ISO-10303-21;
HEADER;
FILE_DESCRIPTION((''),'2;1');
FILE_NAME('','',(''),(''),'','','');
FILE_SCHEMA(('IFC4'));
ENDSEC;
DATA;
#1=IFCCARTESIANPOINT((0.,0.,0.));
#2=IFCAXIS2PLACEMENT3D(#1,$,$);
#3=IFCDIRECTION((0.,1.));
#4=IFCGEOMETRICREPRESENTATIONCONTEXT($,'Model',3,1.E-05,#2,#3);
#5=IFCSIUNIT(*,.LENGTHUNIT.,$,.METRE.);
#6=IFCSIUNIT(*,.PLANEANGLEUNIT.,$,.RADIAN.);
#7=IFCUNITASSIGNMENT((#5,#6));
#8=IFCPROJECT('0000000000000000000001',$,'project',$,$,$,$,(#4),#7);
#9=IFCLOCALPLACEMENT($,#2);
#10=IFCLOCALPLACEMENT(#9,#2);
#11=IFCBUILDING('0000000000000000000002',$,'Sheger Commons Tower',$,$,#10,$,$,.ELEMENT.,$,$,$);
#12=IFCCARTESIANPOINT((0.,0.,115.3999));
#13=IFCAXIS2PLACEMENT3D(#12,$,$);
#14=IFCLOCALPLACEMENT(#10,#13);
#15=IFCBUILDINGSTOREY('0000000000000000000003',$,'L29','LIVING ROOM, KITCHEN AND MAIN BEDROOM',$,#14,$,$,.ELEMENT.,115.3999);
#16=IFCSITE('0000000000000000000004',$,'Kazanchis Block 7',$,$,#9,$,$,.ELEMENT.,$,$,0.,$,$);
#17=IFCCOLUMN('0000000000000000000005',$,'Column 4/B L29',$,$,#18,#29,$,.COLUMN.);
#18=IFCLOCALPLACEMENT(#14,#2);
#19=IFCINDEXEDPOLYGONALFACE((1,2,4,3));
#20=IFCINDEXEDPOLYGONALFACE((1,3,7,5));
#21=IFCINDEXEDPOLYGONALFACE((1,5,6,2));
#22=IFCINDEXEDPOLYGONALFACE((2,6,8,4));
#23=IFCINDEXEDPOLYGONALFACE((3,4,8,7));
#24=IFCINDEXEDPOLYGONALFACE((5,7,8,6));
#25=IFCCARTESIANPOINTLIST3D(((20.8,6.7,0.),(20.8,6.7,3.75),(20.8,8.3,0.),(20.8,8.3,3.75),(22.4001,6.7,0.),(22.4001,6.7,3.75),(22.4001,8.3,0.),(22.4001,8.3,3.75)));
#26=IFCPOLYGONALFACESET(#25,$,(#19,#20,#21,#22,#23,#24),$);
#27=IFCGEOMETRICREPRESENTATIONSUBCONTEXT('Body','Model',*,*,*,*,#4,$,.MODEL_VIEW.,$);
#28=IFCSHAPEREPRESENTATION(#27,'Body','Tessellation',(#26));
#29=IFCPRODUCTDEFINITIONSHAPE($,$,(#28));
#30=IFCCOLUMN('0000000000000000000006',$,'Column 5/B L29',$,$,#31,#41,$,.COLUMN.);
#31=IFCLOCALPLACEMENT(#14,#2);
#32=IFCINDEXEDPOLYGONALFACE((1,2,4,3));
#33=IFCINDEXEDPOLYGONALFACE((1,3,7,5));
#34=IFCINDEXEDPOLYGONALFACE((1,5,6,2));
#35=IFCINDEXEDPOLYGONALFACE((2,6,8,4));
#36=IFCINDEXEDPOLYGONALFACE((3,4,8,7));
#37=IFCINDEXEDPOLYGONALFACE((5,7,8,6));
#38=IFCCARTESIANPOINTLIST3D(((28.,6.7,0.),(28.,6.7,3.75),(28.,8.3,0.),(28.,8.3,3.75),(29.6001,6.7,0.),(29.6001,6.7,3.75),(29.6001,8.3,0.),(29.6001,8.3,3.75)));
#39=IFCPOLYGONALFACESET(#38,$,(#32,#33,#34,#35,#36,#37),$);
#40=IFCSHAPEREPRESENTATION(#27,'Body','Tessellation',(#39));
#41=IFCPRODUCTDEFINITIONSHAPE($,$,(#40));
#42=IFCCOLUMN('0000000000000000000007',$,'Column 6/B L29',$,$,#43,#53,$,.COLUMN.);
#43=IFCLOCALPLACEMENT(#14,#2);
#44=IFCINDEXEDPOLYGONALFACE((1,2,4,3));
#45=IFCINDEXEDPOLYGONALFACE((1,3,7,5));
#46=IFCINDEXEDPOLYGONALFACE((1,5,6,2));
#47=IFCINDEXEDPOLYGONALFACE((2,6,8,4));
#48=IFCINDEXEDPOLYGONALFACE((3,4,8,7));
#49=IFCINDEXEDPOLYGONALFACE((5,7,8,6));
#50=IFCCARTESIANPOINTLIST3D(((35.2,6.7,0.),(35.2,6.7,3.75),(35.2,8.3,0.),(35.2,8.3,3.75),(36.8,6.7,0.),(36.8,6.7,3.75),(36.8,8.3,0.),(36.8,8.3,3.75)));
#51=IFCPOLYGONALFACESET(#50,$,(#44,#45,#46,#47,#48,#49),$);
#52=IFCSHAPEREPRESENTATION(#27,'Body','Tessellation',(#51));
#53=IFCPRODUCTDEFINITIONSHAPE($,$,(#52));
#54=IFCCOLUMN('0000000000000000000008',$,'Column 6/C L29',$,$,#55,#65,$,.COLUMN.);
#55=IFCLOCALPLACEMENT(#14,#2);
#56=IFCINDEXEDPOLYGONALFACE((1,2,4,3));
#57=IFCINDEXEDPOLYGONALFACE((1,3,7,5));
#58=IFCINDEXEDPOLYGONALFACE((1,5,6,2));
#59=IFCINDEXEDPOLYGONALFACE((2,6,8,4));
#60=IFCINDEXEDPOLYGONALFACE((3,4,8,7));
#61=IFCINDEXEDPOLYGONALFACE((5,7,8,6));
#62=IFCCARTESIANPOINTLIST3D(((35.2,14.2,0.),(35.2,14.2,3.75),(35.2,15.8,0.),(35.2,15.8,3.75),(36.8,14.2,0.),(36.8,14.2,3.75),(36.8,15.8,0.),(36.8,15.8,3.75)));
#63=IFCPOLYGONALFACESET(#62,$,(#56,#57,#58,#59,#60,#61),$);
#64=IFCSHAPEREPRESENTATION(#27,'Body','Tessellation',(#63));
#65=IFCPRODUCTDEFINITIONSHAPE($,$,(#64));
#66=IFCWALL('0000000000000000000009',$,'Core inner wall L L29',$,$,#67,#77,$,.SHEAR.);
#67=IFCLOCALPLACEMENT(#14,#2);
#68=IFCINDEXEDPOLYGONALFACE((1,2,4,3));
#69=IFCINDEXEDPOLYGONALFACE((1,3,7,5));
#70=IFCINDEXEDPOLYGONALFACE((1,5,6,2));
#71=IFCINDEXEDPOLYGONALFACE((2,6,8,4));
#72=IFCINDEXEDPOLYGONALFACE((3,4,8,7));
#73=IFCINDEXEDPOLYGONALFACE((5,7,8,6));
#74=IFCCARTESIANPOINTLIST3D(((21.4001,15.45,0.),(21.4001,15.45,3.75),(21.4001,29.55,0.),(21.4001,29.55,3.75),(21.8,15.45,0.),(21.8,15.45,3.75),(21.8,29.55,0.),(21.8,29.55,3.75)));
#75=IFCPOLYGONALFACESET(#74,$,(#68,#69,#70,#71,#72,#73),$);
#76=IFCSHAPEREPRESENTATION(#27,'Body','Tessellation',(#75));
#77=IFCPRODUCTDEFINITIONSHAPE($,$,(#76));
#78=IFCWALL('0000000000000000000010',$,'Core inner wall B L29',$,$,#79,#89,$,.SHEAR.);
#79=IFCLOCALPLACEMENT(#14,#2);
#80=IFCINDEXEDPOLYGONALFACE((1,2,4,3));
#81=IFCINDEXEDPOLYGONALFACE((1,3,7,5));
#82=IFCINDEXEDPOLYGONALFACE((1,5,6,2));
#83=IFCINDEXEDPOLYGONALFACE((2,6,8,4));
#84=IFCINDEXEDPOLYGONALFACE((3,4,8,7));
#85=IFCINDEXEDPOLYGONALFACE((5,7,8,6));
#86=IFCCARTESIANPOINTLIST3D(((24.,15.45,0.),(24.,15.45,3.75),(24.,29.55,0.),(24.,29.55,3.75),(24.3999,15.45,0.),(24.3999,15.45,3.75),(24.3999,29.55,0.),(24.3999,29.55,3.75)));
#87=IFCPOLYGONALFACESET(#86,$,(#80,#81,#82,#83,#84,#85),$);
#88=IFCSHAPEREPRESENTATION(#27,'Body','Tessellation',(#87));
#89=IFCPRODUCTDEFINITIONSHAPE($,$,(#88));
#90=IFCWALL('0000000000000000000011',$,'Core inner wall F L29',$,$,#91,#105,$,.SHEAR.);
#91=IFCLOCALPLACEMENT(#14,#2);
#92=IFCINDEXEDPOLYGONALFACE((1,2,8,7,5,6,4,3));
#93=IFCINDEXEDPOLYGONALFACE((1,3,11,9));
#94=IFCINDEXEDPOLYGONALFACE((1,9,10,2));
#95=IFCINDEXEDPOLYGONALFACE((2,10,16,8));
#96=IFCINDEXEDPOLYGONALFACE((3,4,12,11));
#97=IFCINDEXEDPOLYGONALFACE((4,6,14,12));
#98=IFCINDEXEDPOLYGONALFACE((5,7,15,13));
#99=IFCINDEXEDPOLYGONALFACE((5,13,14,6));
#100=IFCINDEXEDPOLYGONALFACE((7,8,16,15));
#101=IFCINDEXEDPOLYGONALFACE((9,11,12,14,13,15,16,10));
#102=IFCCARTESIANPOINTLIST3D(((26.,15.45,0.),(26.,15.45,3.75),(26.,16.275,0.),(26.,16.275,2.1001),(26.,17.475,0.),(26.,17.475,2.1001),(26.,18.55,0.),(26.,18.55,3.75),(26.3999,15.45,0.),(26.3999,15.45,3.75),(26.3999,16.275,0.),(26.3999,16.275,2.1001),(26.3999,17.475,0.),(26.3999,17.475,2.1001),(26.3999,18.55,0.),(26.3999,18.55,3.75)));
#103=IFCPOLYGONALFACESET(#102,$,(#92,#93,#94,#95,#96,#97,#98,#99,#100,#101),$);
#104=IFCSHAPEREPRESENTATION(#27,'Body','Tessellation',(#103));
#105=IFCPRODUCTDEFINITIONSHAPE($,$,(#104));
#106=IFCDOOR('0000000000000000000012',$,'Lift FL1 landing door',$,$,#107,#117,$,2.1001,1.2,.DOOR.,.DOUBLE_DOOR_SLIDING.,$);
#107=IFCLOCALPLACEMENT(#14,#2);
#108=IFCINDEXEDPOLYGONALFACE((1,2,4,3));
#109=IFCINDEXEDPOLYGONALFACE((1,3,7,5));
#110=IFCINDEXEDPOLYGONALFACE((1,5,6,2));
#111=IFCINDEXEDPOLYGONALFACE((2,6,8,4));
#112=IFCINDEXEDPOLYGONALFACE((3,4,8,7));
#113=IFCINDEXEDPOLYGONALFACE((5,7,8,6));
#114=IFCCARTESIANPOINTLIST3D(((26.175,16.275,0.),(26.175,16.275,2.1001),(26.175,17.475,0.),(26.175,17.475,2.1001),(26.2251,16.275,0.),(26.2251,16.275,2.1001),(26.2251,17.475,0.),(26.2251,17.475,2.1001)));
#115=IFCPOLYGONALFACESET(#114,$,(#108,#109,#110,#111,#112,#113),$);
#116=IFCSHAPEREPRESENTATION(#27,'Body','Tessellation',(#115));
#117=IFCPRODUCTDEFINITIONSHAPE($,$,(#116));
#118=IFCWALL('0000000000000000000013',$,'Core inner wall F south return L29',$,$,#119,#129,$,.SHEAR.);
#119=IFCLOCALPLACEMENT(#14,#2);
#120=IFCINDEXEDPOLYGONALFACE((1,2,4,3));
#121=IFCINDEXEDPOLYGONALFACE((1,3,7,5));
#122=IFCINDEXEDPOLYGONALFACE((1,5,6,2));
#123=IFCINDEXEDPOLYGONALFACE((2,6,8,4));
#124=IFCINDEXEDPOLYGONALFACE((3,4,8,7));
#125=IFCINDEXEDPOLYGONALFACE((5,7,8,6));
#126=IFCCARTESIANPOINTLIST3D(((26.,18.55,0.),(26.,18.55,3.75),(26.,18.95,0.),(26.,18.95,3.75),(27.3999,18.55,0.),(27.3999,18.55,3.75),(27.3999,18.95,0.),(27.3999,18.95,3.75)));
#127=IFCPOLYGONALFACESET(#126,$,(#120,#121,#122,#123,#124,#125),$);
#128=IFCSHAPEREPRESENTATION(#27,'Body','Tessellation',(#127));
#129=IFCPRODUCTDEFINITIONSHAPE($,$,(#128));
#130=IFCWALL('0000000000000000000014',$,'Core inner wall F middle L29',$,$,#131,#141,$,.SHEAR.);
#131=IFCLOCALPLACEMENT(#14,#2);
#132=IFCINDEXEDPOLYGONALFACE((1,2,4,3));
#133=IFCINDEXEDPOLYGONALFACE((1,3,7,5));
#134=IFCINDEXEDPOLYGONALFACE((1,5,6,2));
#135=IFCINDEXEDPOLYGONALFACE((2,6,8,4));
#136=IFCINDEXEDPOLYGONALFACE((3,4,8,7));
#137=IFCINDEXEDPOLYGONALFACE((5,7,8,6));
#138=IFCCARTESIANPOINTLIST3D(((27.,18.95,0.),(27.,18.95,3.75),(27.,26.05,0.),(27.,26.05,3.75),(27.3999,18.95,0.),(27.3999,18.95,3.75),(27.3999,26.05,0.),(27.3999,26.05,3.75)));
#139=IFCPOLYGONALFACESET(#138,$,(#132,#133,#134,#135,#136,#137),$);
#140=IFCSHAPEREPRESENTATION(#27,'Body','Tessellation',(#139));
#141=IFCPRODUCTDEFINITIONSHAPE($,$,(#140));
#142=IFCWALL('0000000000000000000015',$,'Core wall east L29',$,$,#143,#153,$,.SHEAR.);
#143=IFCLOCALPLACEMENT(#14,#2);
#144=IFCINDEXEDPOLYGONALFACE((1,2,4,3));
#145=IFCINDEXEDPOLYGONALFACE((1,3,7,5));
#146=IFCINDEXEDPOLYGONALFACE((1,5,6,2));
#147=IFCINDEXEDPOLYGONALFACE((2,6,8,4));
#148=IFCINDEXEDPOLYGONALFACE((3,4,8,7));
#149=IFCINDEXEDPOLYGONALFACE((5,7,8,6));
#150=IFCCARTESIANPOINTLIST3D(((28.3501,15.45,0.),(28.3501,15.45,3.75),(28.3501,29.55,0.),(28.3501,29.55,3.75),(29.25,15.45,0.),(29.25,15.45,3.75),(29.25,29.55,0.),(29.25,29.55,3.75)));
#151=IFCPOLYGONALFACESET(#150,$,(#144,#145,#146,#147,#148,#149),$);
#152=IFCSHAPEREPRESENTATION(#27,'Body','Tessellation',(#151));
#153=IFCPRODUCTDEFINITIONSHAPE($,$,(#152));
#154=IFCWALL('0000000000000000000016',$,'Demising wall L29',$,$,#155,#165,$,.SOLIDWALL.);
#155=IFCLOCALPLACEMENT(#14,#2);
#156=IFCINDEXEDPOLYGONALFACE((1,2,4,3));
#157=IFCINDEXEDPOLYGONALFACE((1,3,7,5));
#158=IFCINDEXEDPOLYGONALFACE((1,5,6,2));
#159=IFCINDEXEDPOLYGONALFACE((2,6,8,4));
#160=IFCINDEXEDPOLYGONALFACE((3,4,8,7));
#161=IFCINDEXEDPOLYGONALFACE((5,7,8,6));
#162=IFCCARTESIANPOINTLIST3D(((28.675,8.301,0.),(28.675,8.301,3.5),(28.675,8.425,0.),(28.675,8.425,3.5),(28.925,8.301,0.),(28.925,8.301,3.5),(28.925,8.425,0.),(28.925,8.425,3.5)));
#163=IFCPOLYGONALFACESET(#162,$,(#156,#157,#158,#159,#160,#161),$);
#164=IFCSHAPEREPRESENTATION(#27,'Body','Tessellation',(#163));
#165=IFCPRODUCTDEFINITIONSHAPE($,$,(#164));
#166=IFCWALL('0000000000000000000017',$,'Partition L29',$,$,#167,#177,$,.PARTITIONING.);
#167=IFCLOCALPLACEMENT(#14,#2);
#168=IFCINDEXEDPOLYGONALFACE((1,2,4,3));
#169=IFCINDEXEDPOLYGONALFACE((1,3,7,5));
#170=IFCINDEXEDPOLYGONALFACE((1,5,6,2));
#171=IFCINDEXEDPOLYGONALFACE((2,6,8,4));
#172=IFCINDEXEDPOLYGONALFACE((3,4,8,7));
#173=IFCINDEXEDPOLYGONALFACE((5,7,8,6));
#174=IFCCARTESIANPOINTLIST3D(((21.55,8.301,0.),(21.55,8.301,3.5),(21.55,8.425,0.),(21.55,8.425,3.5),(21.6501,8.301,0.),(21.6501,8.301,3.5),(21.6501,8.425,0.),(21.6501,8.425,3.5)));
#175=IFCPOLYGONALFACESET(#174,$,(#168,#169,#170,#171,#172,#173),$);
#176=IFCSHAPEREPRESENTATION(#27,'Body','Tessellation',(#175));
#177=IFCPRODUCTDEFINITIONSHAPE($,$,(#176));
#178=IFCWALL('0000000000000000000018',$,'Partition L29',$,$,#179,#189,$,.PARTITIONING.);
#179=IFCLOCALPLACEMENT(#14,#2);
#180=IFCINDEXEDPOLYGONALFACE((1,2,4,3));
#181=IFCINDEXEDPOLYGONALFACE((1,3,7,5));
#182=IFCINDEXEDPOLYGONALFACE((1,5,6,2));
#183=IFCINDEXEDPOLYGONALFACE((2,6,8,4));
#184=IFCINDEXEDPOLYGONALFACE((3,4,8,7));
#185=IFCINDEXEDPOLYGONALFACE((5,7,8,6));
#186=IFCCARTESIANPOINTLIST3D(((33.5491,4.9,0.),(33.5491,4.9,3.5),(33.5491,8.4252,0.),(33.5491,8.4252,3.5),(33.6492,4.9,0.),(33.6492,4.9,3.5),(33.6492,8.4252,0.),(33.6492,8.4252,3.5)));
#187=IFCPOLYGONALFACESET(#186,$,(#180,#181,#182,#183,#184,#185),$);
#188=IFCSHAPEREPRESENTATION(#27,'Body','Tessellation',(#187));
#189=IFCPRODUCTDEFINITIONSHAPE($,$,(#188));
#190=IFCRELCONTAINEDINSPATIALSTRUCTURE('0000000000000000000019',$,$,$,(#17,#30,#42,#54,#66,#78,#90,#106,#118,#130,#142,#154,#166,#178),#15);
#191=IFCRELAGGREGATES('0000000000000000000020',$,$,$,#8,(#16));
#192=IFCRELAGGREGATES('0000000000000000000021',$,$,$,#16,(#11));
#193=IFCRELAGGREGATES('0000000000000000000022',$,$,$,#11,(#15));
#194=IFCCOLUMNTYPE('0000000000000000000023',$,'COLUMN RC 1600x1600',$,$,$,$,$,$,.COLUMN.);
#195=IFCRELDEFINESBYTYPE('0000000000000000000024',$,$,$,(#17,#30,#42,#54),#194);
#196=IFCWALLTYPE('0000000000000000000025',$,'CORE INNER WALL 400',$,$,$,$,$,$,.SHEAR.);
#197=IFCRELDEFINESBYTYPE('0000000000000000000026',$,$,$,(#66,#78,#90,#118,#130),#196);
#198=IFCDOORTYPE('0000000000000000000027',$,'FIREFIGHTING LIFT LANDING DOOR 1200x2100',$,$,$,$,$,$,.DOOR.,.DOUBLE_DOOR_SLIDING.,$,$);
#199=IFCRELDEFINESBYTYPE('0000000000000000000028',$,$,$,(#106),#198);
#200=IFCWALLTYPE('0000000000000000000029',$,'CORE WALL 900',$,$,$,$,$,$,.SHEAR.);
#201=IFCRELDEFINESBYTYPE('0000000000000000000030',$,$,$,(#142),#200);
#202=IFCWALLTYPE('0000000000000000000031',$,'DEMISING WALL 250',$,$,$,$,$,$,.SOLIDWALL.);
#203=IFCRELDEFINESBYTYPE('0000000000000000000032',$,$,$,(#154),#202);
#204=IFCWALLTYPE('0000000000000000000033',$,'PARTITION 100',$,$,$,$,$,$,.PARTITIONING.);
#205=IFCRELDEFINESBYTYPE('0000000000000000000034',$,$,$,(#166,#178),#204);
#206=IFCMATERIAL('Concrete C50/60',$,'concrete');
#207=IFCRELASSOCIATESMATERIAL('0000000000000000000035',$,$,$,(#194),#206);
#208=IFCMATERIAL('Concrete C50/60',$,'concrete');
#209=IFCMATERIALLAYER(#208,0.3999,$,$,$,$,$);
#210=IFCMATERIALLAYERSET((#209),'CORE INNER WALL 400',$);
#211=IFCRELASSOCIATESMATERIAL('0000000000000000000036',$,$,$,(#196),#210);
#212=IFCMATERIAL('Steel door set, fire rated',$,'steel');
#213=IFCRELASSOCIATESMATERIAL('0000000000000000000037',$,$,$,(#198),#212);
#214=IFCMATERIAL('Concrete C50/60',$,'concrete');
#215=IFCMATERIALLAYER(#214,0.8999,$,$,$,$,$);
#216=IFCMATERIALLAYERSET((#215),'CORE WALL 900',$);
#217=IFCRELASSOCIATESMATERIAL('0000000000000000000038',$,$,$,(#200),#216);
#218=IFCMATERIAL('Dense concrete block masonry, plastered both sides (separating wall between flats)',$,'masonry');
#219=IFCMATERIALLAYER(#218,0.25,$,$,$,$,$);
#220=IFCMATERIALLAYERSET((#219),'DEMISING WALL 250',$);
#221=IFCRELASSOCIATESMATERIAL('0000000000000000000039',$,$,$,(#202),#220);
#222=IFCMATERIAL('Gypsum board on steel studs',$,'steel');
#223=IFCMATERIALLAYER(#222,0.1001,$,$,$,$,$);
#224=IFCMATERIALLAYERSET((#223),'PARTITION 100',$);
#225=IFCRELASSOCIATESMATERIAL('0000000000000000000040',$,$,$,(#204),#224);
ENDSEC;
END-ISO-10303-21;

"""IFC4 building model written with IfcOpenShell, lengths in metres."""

from ifc_helpers import new_model, si_unit, direction, frame, frame_2d, origin, origin_2d, place, context, subcontext, project, spatial, rectangle, extrude, material, layer, layer_set, material_profile, profile_set, type_object, element, fill, save


model = new_model("IFC4")

# Units and contexts
model_context = context("Model", 3, precision=1e-05, world=origin(), true_north=direction((0.0, 1.0)))
body_context = subcontext(model_context, "Body", "Model", "MODEL_VIEW")
ifc_project = project(units=[si_unit("LENGTHUNIT", "METRE"), si_unit("PLANEANGLEUNIT", "RADIAN")], contexts=[model_context])

# Site, building, storey
site_placement = place(None, origin())
site = spatial("IfcSite", under=ifc_project, at=site_placement, Name="Kazanchis Block 7", CompositionType="ELEMENT", RefElevation=0.0)
building_placement = place(site_placement, origin())
building = spatial("IfcBuilding", under=site, at=building_placement, Name="Sheger Commons Tower", CompositionType="ELEMENT")
storey_placement = place(building_placement, frame((0.0, 0.0, 115.3999)))
storey = spatial("IfcBuildingStorey", under=building, at=storey_placement, Name="L29", Description="LIVING ROOM, KITCHEN AND MAIN BEDROOM", CompositionType="ELEMENT", Elevation=115.3999)

# Columns
ifc_material_1 = material(Name="Concrete C50/60", Category="concrete")
ifc_material_profile = material_profile(ifc_material_1, rectangle(XDim=1.6001, YDim=1.6001, at=origin_2d()), Name="RC 1600x1600")
ifc_profile_set = profile_set([ifc_material_profile], Name="Concrete C50/60")
column_type = type_object("IfcColumnType", Name="COLUMN RC 1600x1600", PredefinedType="COLUMN", material=ifc_profile_set)
for number, where, z_axis, x_axis, name in (
    (1, (21.6001, 7.5, 0.0), (0.0, 0.0, 1.0), (1.0, 0.0, 0.0), "Column 4/B L29"),
    (2, (28.8, 7.5, 0.0), (0.0, 0.0, 1.0), (1.0, 0.0, 0.0), "Column 5/B L29"),
    (3, (36.0, 7.5, 0.0), (0.0, 0.0, 1.0), (1.0, 0.0, 0.0), "Column 6/B L29"),
    (4, (36.0, 15.0, 0.0), (0.0, 0.0, 1.0), (1.0, 0.0, 0.0), "Column 6/C L29"),
):
    element("IfcColumn", number, at=place(storey_placement, frame(where, z_axis=z_axis, x_axis=x_axis)), inside=storey, type_object=column_type, Name=name, PredefinedType="COLUMN", context=body_context, shape_type="SweptSolid", body=[
        extrude(rectangle(XDim=1.6001, YDim=1.6001, at=origin_2d()), origin(), (0.0, 0.0, 1.0), 3.75),
    ])

# Walls
ifc_material_2 = material(Name="Concrete C50/60", Category="concrete")
ifc_layer_1 = layer(ifc_material_2, 0.3999)
ifc_layer_set_1 = layer_set([ifc_layer_1], Name="CORE INNER WALL 400")
wall_type_1 = type_object("IfcWallType", Name="CORE INNER WALL 400", PredefinedType="SHEAR", material=ifc_layer_set_1)
for number, where, z_axis, x_axis, name in (
    (5, (21.6001, 15.45, 0.0), (0.0, 0.0, 1.0), (0.0, 1.0, 0.0), "Core inner wall L L29"),
    (6, (24.2, 15.45, 0.0), (0.0, 0.0, 1.0), (0.0, 1.0, 0.0), "Core inner wall B L29"),
):
    element("IfcWall", number, at=place(storey_placement, frame(where, z_axis=z_axis, x_axis=x_axis)), inside=storey, type_object=wall_type_1, Name=name, PredefinedType="SHEAR", context=body_context, shape_type="SweptSolid", body=[
        extrude(rectangle(XDim=14.1001, YDim=0.3999, at=frame_2d((7.05, 0.0))), origin(), (0.0, 0.0, 1.0), 3.75),
    ])

# Wall, opening, door
wall_1_placement = place(storey_placement, frame((26.2, 15.45, 0.0), z_axis=(0.0, 0.0, 1.0), x_axis=(0.0, 1.0, 0.0)))
wall_1 = element("IfcWall", 7, at=wall_1_placement, inside=storey, type_object=wall_type_1, Name="Core inner wall F L29", PredefinedType="SHEAR", context=body_context, shape_type="SweptSolid", body=[
    extrude(rectangle(XDim=3.1001, YDim=0.3999, at=frame_2d((1.55, 0.0))), origin(), (0.0, 0.0, 1.0), 3.75),
])
opening_1_placement = place(wall_1_placement, frame((0.825, 0.0, 0.0)))
opening_1 = element("IfcOpeningElement", 8, at=opening_1_placement, cuts=wall_1, PredefinedType="OPENING", context=body_context, shape_type="SweptSolid", body=[
    extrude(rectangle(XDim=1.2, YDim=2.1001, at=frame_2d((0.6001, 1.05))), frame((0.0, 0.21, 0.0), z_axis=(0.0, -1.0, 0.0), x_axis=(1.0, 0.0, 0.0)), (0.0, 0.0, 1.0), 0.4199),
])
ifc_material_3 = material(Name="Steel door set, fire rated", Category="steel")
door_type_1 = type_object("IfcDoorType", Name="FIREFIGHTING LIFT LANDING DOOR 1200x2100", OperationType="DOUBLE_DOOR_SLIDING", PredefinedType="DOOR", material=ifc_material_3)
door_1_placement = place(opening_1_placement, origin())
door_1 = element("IfcDoor", 9, at=door_1_placement, inside=storey, type_object=door_type_1, Name="Lift FL1 landing door", OperationType="DOUBLE_DOOR_SLIDING", OverallHeight=2.1001, OverallWidth=1.2, PredefinedType="DOOR", context=body_context, shape_type="SweptSolid", body=[
    extrude(rectangle(XDim=1.2, YDim=2.1001, at=frame_2d((0.6001, 1.05))), frame((0.0, 0.0249, 0.0), z_axis=(0.0, -1.0, 0.0), x_axis=(1.0, 0.0, 0.0)), (0.0, 0.0, 1.0), 0.05),
])
fill(opening_1, door_1)

# Walls
wall_2_placement = place(storey_placement, frame((26.0, 18.75, 0.0), z_axis=(0.0, 0.0, 1.0), x_axis=(1.0, 0.0, 0.0)))
element("IfcWall", 10, at=wall_2_placement, inside=storey, type_object=wall_type_1, Name="Core inner wall F south return L29", PredefinedType="SHEAR", context=body_context, shape_type="SweptSolid", body=[
    extrude(rectangle(XDim=1.3999, YDim=0.3999, at=frame_2d((0.7, 0.0))), origin(), (0.0, 0.0, 1.0), 3.75),
])
wall_3_placement = place(storey_placement, frame((27.2, 18.95, 0.0), z_axis=(0.0, 0.0, 1.0), x_axis=(0.0, 1.0, 0.0)))
element("IfcWall", 11, at=wall_3_placement, inside=storey, type_object=wall_type_1, Name="Core inner wall F middle L29", PredefinedType="SHEAR", context=body_context, shape_type="SweptSolid", body=[
    extrude(rectangle(XDim=7.1001, YDim=0.3999, at=frame_2d((3.55, 0.0))), origin(), (0.0, 0.0, 1.0), 3.75),
])
ifc_material_4 = material(Name="Concrete C50/60", Category="concrete")
ifc_layer_2 = layer(ifc_material_4, 0.8999)
ifc_layer_set_2 = layer_set([ifc_layer_2], Name="CORE WALL 900")
wall_type_2 = type_object("IfcWallType", Name="CORE WALL 900", PredefinedType="SHEAR", material=ifc_layer_set_2)
wall_4_placement = place(storey_placement, frame((28.8, 15.45, 0.0), z_axis=(0.0, 0.0, 1.0), x_axis=(0.0, 1.0, 0.0)))
element("IfcWall", 12, at=wall_4_placement, inside=storey, type_object=wall_type_2, Name="Core wall east L29", PredefinedType="SHEAR", context=body_context, shape_type="SweptSolid", body=[
    extrude(rectangle(XDim=14.1001, YDim=0.8999, at=frame_2d((7.05, 0.0))), origin(), (0.0, 0.0, 1.0), 3.75),
])
ifc_material_5 = material(Name="Dense concrete block masonry, plastered both sides (separating wall between flats)", Category="masonry")
ifc_layer_3 = layer(ifc_material_5, 0.25)
ifc_layer_set_3 = layer_set([ifc_layer_3], Name="DEMISING WALL 250")
wall_type_3 = type_object("IfcWallType", Name="DEMISING WALL 250", PredefinedType="SOLIDWALL", material=ifc_layer_set_3)
wall_5_placement = place(storey_placement, frame((28.8, 8.301, 0.0), z_axis=(0.0, 0.0, 1.0), x_axis=(0.0, 1.0, 0.0)))
element("IfcWall", 13, at=wall_5_placement, inside=storey, type_object=wall_type_3, Name="Demising wall L29", PredefinedType="SOLIDWALL", context=body_context, shape_type="SweptSolid", body=[
    extrude(rectangle(XDim=0.124, YDim=0.25, at=frame_2d((0.062, 0.0))), origin(), (0.0, 0.0, 1.0), 3.5),
])
ifc_material_6 = material(Name="Gypsum board on steel studs", Category="steel")
ifc_layer_4 = layer(ifc_material_6, 0.1001)
ifc_layer_set_4 = layer_set([ifc_layer_4], Name="PARTITION 100")
wall_type_4 = type_object("IfcWallType", Name="PARTITION 100", PredefinedType="PARTITIONING", material=ifc_layer_set_4)
wall_6_placement = place(storey_placement, frame((21.6001, 8.301, 0.0), z_axis=(0.0, 0.0, 1.0), x_axis=(0.0, 1.0, 0.0)))
element("IfcWall", 14, at=wall_6_placement, inside=storey, type_object=wall_type_4, Name="Partition L29", PredefinedType="PARTITIONING", context=body_context, shape_type="SweptSolid", body=[
    extrude(rectangle(XDim=0.124, YDim=0.1001, at=frame_2d((0.062, 0.0))), origin(), (0.0, 0.0, 1.0), 3.5),
])
wall_7_placement = place(storey_placement, frame((33.5991, 4.8999, 0.0), z_axis=(0.0, 0.0, 1.0), x_axis=(0.0, 1.0, 0.0)))
element("IfcWall", 15, at=wall_7_placement, inside=storey, type_object=wall_type_4, Name="Partition L29", PredefinedType="PARTITIONING", context=body_context, shape_type="SweptSolid", body=[
    extrude(rectangle(XDim=3.5251, YDim=0.1001, at=frame_2d((1.7627, 0.0))), origin(), (0.0, 0.0, 1.0), 3.5),
])

save(model, "model.ifc")
